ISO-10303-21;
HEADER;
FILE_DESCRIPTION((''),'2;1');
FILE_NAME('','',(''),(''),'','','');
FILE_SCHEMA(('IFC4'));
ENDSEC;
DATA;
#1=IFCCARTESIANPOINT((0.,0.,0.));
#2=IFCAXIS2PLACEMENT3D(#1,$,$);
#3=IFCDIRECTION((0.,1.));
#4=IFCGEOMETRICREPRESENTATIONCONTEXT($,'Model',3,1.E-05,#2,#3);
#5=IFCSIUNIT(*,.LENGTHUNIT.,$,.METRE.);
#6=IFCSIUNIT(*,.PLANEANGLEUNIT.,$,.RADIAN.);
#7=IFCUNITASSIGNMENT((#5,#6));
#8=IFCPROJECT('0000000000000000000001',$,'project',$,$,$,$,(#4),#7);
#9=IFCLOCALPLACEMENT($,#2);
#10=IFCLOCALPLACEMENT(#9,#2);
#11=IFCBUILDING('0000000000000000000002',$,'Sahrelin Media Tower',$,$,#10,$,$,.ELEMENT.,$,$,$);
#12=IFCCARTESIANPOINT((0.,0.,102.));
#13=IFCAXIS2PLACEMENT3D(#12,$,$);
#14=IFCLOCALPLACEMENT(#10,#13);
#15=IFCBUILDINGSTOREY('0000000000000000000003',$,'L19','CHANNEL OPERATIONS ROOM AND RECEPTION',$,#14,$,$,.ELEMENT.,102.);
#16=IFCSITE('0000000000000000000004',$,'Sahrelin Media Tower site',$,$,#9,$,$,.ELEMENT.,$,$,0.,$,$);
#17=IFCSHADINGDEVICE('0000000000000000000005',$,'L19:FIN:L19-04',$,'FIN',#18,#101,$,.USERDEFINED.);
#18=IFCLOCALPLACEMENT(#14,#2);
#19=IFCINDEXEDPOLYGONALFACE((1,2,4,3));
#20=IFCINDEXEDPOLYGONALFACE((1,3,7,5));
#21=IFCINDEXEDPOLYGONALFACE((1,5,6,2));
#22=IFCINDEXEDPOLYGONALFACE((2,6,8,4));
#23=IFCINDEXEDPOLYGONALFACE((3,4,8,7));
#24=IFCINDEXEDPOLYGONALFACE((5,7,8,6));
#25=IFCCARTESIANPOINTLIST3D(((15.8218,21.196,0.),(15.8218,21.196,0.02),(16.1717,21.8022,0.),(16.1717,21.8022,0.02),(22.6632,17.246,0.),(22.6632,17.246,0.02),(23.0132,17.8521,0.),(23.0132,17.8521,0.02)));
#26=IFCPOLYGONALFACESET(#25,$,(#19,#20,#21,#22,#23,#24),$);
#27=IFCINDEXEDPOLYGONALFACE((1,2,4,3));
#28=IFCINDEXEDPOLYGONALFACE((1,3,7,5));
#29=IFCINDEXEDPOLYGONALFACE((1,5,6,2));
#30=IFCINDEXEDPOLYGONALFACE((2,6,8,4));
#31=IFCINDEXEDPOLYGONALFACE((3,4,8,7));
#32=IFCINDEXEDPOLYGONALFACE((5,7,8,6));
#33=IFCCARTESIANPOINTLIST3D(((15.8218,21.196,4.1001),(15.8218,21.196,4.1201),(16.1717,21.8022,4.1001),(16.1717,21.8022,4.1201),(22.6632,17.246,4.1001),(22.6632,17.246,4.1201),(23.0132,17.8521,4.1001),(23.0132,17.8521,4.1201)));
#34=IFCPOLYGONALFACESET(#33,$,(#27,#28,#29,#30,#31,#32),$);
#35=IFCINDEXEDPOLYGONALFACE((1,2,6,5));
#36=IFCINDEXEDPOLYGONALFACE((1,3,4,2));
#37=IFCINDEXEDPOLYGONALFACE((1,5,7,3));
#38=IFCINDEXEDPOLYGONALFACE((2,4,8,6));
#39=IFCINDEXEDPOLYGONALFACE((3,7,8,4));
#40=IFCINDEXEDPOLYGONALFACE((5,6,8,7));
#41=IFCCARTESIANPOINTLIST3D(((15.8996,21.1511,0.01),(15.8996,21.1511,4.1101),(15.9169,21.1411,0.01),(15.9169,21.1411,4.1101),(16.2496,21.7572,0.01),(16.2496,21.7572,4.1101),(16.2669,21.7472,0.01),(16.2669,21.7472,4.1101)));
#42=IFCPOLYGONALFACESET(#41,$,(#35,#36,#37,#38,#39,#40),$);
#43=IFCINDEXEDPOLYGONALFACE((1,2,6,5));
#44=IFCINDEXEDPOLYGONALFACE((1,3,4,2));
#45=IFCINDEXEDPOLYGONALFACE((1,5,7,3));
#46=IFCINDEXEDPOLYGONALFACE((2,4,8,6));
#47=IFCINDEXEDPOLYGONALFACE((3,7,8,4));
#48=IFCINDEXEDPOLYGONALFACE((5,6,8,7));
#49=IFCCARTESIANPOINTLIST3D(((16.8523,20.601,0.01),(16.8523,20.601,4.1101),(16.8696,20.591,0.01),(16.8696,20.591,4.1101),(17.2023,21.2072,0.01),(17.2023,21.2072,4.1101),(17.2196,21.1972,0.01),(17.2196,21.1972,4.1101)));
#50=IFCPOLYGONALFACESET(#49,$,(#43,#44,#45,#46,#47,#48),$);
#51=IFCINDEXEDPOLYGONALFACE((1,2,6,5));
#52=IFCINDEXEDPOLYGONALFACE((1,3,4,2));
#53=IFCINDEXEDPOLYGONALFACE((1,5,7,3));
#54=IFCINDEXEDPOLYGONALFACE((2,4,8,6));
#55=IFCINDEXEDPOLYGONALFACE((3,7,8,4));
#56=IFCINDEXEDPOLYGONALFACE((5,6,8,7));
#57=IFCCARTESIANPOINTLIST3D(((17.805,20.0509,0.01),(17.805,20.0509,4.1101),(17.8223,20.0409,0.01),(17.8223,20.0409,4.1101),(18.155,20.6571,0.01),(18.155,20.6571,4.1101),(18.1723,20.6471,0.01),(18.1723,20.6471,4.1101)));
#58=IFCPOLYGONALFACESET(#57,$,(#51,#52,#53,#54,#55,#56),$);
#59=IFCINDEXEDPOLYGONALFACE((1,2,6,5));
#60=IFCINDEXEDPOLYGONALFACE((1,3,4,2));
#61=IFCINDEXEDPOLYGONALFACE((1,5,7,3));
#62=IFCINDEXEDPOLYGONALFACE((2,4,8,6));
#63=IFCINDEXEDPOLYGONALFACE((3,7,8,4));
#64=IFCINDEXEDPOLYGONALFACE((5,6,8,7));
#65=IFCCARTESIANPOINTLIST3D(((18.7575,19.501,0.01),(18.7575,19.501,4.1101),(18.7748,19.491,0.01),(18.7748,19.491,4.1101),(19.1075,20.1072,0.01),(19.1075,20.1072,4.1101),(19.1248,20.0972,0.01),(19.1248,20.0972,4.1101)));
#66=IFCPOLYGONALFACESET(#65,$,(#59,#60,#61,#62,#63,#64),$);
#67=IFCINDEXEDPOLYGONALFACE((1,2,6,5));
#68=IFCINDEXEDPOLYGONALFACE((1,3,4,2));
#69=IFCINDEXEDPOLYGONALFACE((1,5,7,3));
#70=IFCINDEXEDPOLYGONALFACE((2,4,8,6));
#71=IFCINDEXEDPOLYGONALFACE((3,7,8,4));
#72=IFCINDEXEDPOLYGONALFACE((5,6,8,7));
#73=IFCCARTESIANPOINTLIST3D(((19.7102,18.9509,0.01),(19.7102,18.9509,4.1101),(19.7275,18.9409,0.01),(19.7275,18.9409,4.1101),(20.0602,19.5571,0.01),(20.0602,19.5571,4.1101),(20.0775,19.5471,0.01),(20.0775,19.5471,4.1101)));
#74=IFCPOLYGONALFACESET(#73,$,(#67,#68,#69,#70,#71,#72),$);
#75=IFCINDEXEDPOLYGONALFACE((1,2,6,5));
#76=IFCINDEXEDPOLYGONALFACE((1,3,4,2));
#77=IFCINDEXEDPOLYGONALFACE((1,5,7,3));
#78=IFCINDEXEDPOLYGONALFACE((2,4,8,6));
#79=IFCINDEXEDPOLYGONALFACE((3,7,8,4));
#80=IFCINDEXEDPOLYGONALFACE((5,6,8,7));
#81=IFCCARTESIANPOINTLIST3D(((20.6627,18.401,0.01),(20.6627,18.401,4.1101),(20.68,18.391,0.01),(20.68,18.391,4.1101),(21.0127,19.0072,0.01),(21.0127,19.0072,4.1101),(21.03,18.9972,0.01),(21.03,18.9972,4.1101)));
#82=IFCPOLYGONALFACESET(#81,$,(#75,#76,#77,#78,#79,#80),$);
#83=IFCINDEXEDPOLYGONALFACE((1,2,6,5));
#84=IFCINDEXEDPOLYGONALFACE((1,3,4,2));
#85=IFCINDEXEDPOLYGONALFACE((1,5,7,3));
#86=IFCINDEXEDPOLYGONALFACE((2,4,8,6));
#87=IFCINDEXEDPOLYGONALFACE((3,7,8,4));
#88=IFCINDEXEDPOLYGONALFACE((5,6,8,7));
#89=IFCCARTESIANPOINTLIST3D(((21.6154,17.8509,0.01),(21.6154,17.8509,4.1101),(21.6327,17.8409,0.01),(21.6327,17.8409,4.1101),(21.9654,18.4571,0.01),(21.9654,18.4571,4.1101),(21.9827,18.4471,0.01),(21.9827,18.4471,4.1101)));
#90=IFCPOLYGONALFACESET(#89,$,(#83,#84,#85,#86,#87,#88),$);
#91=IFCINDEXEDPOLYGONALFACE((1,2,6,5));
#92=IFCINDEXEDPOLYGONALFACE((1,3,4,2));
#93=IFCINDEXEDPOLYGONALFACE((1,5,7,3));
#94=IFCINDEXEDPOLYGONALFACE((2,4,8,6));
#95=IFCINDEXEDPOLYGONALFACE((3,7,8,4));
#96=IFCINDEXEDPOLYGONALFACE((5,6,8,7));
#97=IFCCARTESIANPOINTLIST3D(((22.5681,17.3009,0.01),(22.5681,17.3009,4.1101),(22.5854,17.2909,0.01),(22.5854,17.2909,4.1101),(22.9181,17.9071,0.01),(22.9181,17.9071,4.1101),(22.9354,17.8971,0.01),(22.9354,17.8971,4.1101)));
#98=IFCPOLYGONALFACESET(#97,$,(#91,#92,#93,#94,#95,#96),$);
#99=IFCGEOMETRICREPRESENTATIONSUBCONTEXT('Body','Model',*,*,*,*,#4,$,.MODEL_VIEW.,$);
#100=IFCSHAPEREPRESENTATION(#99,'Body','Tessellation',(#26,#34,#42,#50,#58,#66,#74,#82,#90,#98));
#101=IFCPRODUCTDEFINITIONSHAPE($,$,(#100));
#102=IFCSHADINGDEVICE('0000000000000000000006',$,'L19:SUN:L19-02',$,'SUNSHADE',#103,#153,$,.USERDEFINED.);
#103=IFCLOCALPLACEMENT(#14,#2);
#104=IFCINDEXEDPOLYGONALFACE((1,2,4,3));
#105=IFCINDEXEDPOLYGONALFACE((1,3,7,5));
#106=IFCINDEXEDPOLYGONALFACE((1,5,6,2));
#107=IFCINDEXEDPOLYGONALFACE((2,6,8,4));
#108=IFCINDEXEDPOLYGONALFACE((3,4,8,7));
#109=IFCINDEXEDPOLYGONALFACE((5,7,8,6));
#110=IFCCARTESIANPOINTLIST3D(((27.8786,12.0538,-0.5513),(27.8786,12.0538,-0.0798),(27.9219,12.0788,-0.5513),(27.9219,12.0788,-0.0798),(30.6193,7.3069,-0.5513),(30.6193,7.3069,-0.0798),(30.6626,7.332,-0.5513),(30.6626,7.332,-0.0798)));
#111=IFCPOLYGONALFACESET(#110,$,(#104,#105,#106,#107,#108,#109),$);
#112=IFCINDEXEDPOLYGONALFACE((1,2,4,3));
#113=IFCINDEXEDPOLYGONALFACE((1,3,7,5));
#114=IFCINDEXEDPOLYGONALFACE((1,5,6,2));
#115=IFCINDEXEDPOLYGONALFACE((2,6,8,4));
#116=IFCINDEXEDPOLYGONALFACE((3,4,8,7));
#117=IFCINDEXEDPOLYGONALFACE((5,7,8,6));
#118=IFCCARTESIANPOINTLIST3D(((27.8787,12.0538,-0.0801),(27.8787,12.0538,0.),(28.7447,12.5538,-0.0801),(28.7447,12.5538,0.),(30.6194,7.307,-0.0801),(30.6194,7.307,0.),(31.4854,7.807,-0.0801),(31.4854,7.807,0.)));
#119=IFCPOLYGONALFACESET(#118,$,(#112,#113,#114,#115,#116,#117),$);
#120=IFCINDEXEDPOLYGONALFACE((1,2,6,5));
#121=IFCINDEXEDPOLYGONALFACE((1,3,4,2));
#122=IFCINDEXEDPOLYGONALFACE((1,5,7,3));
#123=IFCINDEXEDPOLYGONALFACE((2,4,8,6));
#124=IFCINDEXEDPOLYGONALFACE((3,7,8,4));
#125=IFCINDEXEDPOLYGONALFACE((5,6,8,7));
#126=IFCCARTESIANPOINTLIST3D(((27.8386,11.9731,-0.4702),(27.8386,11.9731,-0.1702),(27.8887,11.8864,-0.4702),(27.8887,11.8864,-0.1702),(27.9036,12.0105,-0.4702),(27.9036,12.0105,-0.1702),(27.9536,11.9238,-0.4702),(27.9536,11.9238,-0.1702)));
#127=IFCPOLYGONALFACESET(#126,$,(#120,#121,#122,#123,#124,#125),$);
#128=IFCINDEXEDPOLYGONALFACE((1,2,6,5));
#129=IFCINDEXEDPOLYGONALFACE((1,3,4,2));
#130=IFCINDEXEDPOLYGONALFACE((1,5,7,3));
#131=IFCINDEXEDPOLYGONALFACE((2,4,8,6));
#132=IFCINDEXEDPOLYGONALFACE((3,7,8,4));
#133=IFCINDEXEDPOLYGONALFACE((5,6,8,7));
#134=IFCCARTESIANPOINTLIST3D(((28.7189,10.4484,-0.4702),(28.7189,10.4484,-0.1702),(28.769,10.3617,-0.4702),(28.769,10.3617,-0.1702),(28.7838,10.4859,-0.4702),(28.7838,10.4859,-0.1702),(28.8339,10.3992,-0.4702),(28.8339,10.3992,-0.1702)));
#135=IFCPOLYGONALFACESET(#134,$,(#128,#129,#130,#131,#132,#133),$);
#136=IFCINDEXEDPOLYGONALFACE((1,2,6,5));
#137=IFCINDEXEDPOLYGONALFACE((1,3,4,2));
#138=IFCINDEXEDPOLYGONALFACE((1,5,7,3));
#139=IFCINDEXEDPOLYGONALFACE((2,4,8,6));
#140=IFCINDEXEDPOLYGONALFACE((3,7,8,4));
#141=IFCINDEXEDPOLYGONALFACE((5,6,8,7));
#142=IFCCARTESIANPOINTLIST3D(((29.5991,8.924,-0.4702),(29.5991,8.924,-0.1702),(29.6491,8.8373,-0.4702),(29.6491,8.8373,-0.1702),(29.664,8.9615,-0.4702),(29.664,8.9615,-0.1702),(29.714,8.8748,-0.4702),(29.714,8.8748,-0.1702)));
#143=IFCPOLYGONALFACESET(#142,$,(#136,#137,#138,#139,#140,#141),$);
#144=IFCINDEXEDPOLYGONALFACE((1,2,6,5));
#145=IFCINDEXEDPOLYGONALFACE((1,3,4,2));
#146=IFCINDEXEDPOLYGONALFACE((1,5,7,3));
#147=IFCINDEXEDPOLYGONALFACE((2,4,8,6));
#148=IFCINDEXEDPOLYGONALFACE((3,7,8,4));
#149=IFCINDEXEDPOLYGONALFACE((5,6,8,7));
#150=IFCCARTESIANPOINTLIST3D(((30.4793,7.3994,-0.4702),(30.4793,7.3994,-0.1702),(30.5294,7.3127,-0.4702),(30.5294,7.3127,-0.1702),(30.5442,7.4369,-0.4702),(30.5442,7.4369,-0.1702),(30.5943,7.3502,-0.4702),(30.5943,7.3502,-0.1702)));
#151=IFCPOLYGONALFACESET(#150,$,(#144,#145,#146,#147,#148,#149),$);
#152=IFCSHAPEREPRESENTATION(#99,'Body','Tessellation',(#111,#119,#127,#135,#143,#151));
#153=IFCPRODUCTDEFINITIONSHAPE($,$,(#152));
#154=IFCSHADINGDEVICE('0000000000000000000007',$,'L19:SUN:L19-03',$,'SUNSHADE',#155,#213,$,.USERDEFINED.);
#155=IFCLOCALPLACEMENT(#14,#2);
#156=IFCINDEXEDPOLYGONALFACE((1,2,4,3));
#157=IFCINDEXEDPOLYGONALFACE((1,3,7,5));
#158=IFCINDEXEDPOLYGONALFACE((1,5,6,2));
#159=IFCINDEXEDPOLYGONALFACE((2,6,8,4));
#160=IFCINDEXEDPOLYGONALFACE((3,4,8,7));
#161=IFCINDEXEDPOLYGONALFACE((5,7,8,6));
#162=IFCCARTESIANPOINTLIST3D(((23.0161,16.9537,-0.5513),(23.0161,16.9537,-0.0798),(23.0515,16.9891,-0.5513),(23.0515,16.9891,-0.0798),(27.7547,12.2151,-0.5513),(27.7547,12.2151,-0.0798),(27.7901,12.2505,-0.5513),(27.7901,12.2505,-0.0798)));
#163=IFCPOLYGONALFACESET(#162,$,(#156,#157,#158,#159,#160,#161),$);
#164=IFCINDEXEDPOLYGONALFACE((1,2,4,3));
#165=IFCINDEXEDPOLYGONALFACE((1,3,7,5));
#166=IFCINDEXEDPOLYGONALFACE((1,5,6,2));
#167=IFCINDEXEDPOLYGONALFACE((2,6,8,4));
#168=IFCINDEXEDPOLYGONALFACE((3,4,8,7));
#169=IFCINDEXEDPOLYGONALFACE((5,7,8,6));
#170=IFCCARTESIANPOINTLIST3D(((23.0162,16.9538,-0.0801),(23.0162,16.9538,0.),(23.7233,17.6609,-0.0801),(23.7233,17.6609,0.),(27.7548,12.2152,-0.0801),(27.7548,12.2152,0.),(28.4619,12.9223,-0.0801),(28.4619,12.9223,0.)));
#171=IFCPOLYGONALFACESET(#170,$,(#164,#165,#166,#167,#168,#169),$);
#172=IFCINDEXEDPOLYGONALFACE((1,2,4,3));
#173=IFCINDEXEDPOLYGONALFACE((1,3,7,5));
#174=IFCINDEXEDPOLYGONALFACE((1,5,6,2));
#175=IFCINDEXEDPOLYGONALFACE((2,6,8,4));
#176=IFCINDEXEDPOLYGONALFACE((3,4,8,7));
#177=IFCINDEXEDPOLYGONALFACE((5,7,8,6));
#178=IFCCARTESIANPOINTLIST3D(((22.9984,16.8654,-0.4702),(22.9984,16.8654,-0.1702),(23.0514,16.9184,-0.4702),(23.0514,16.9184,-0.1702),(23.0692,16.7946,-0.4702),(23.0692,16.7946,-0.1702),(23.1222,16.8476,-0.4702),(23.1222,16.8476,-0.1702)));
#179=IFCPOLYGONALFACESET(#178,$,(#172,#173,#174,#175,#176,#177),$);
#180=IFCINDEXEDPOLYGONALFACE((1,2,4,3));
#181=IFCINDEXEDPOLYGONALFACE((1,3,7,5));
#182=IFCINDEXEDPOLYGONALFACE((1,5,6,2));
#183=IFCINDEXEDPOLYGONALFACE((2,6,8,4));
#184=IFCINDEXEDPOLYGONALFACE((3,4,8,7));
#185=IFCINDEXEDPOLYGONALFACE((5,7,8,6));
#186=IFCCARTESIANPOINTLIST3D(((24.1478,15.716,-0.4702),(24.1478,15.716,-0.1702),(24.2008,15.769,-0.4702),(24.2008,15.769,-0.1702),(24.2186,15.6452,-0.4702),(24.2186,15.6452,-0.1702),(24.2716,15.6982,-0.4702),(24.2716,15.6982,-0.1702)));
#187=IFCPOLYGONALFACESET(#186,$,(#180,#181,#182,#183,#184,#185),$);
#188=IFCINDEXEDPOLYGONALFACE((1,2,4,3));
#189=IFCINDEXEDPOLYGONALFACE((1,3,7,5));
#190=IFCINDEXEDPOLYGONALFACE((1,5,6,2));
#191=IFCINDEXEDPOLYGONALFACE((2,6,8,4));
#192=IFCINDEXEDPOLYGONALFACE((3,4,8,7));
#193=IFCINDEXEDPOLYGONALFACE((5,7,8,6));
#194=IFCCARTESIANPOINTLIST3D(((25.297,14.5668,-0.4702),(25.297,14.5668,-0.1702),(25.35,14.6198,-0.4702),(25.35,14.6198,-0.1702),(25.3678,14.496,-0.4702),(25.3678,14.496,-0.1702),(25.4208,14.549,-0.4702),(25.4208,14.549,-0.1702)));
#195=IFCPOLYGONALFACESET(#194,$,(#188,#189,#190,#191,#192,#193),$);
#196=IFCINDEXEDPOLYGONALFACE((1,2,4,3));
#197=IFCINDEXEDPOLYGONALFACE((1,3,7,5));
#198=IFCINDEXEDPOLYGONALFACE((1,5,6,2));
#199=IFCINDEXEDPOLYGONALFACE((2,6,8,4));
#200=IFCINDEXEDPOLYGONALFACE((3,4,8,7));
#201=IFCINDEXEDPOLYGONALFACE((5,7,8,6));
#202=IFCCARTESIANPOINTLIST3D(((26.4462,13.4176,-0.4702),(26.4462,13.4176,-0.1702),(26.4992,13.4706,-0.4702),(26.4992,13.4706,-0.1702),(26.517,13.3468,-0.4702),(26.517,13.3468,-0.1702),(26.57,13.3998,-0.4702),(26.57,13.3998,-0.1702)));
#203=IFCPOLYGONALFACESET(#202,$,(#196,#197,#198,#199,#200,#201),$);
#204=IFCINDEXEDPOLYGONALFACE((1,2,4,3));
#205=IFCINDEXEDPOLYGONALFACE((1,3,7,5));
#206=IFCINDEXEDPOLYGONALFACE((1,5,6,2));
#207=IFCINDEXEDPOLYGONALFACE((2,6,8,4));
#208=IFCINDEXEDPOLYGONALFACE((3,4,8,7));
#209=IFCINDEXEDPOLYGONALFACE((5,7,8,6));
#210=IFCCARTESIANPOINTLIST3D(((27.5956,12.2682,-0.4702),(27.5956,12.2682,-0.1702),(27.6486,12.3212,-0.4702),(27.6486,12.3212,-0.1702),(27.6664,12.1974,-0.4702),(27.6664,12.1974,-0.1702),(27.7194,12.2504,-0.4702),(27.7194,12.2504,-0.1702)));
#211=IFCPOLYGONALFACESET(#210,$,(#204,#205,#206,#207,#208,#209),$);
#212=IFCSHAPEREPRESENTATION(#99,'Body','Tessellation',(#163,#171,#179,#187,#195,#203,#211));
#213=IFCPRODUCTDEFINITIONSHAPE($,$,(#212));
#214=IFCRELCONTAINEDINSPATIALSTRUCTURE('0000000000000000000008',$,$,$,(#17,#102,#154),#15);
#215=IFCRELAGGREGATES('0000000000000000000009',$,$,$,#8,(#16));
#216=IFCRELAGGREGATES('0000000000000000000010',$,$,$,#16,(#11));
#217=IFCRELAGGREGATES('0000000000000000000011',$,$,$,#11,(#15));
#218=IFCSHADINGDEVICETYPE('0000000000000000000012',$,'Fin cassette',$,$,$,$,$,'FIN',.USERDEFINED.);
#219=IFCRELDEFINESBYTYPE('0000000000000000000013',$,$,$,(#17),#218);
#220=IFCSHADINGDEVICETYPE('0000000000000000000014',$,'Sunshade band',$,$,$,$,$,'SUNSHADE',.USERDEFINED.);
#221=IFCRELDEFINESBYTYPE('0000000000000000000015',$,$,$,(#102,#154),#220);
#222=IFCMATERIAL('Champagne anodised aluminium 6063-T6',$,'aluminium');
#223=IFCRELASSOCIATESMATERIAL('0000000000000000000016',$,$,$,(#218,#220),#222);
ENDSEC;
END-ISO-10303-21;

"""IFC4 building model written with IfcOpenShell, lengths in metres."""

from ifc_helpers import new_model, si_unit, direction, frame, origin, origin_2d, place, context, subcontext, project, spatial, rectangle, extrude, material, type_object, element, save


model = new_model("IFC4")

# Units and contexts
model_context = context("Model", 3, precision=1e-05, world=origin(), true_north=direction((0.0, 1.0)))
body_context = subcontext(model_context, "Body", "Model", "MODEL_VIEW")
ifc_project = project(units=[si_unit("LENGTHUNIT", "METRE"), si_unit("PLANEANGLEUNIT", "RADIAN")], contexts=[model_context])

# Site, building, storey
site_placement = place(None, origin())
site = spatial("IfcSite", under=ifc_project, at=site_placement, Name="Sahrelin Media Tower site", CompositionType="ELEMENT", RefElevation=0.0)
building_placement = place(site_placement, origin())
building = spatial("IfcBuilding", under=site, at=building_placement, Name="Sahrelin Media Tower", CompositionType="ELEMENT")
storey_placement = place(building_placement, frame((0.0, 0.0, 102.0)))
storey = spatial("IfcBuildingStorey", under=building, at=storey_placement, Name="L19", Description="CHANNEL OPERATIONS ROOM AND RECEPTION", CompositionType="ELEMENT", Elevation=102.0)

# Shared definitions
ifc_material_1 = material(Name="Champagne anodised aluminium 6063-T6", Category="aluminium")

# Shading devices
shading_device_type_1 = type_object("IfcShadingDeviceType", Name="Fin cassette", ElementType="FIN", PredefinedType="USERDEFINED", material=ifc_material_1)
placement_1 = place(storey_placement, frame((29.2317, 9.6704, 0.0), z_axis=(0.0, 0.0, 1.0), x_axis=(0.500011, -0.866019, 0.0)))
placement_2 = place(storey_placement, frame((25.3713, 14.5703, 0.0), z_axis=(0.0, 0.0, 1.0), x_axis=(0.707107, -0.707107, 0.0)))
placement_3 = place(storey_placement, frame((19.2075, 19.1604, 0.0), z_axis=(0.0, 0.0, 1.0), x_axis=(0.866019, -0.500011, 0.0)))
element("IfcShadingDevice", 1, at=placement_3, inside=storey, type_object=shading_device_type_1, Name="L19:FIN:L19-04", ObjectType="FIN", PredefinedType="USERDEFINED", context=body_context, shape_type="SweptSolid", body=[
    extrude(rectangle(XDim=7.8999, YDim=0.7, at=origin_2d()), frame((0.0, 0.4199, 0.0)), (0.0, 0.0, 1.0), 0.02),
    extrude(rectangle(XDim=7.8999, YDim=0.7, at=origin_2d()), frame((0.0, 0.4199, 4.1001)), (0.0, 0.0, 1.0), 0.02),
    extrude(rectangle(XDim=0.02, YDim=0.7, at=origin_2d()), frame((-3.8501, 0.4199, 0.01), z_axis=(0.0, 0.0, 1.0), x_axis=(1.0, 0.0, 0.0)), (0.0, 0.0, 1.0), 4.1001),
    extrude(rectangle(XDim=0.02, YDim=0.7, at=origin_2d()), frame((-2.75, 0.4199, 0.01), z_axis=(0.0, 0.0, 1.0), x_axis=(1.0, 0.0, 0.0)), (0.0, 0.0, 1.0), 4.1001),
    extrude(rectangle(XDim=0.02, YDim=0.7, at=origin_2d()), frame((-1.6499, 0.4199, 0.01), z_axis=(0.0, 0.0, 1.0), x_axis=(1.0, 0.0, 0.0)), (0.0, 0.0, 1.0), 4.1001),
    extrude(rectangle(XDim=0.02, YDim=0.7, at=origin_2d()), frame((-0.55, 0.4199, 0.01), z_axis=(0.0, 0.0, 1.0), x_axis=(1.0, 0.0, 0.0)), (0.0, 0.0, 1.0), 4.1001),
    extrude(rectangle(XDim=0.02, YDim=0.7, at=origin_2d()), frame((0.55, 0.4199, 0.01), z_axis=(0.0, 0.0, 1.0), x_axis=(1.0, 0.0, 0.0)), (0.0, 0.0, 1.0), 4.1001),
    extrude(rectangle(XDim=0.02, YDim=0.7, at=origin_2d()), frame((1.6499, 0.4199, 0.01), z_axis=(0.0, 0.0, 1.0), x_axis=(1.0, 0.0, 0.0)), (0.0, 0.0, 1.0), 4.1001),
    extrude(rectangle(XDim=0.02, YDim=0.7, at=origin_2d()), frame((2.75, 0.4199, 0.01), z_axis=(0.0, 0.0, 1.0), x_axis=(1.0, 0.0, 0.0)), (0.0, 0.0, 1.0), 4.1001),
    extrude(rectangle(XDim=0.02, YDim=0.7, at=origin_2d()), frame((3.8501, 0.4199, 0.01), z_axis=(0.0, 0.0, 1.0), x_axis=(1.0, 0.0, 0.0)), (0.0, 0.0, 1.0), 4.1001),
])
shading_device_type_2 = type_object("IfcShadingDeviceType", Name="Sunshade band", ElementType="SUNSHADE", PredefinedType="USERDEFINED", material=ifc_material_1)
element("IfcShadingDevice", 2, at=placement_1, inside=storey, type_object=shading_device_type_2, Name="L19:SUN:L19-02", ObjectType="SUNSHADE", PredefinedType="USERDEFINED", context=body_context, shape_type="SweptSolid", body=[
    extrude(rectangle(XDim=5.4812, YDim=0.05, at=origin_2d()), frame((0.0, 0.0449, -0.5513)), (0.0, 0.0, 1.0), 0.4714),
    extrude(rectangle(XDim=5.4812, YDim=1.0, at=origin_2d()), frame((0.0, 0.52, -0.0801)), (0.0, 0.0, 1.0), 0.0801),
    extrude(rectangle(XDim=0.1001, YDim=0.075, at=origin_2d()), frame((-2.6406, -0.0176, -0.4702)), (0.0, 0.0, 1.0), 0.3),
    extrude(rectangle(XDim=0.1001, YDim=0.075, at=origin_2d()), frame((-0.8801, -0.0176, -0.4702)), (0.0, 0.0, 1.0), 0.3),
    extrude(rectangle(XDim=0.1001, YDim=0.075, at=origin_2d()), frame((0.8801, -0.0176, -0.4702)), (0.0, 0.0, 1.0), 0.3),
    extrude(rectangle(XDim=0.1001, YDim=0.075, at=origin_2d()), frame((2.6406, -0.0176, -0.4702)), (0.0, 0.0, 1.0), 0.3),
])
element("IfcShadingDevice", 3, at=placement_2, inside=storey, type_object=shading_device_type_2, Name="L19:SUN:L19-03", ObjectType="SUNSHADE", PredefinedType="USERDEFINED", context=body_context, shape_type="SweptSolid", body=[
    extrude(rectangle(XDim=6.7014, YDim=0.05, at=origin_2d()), frame((0.0, 0.0449, -0.5513)), (0.0, 0.0, 1.0), 0.4714),
    extrude(rectangle(XDim=6.7014, YDim=1.0, at=origin_2d()), frame((0.0, 0.52, -0.0801)), (0.0, 0.0, 1.0), 0.0801),
    extrude(rectangle(XDim=0.1001, YDim=0.075, at=origin_2d()), frame((-3.2507, -0.0176, -0.4702)), (0.0, 0.0, 1.0), 0.3),
    extrude(rectangle(XDim=0.1001, YDim=0.075, at=origin_2d()), frame((-1.6252, -0.0176, -0.4702)), (0.0, 0.0, 1.0), 0.3),
    extrude(rectangle(XDim=0.1001, YDim=0.075, at=origin_2d()), frame((0.0, -0.0176, -0.4702)), (0.0, 0.0, 1.0), 0.3),
    extrude(rectangle(XDim=0.1001, YDim=0.075, at=origin_2d()), frame((1.6252, -0.0176, -0.4702)), (0.0, 0.0, 1.0), 0.3),
    extrude(rectangle(XDim=0.1001, YDim=0.075, at=origin_2d()), frame((3.2507, -0.0176, -0.4702)), (0.0, 0.0, 1.0), 0.3),
])

save(model, "model.ifc")
